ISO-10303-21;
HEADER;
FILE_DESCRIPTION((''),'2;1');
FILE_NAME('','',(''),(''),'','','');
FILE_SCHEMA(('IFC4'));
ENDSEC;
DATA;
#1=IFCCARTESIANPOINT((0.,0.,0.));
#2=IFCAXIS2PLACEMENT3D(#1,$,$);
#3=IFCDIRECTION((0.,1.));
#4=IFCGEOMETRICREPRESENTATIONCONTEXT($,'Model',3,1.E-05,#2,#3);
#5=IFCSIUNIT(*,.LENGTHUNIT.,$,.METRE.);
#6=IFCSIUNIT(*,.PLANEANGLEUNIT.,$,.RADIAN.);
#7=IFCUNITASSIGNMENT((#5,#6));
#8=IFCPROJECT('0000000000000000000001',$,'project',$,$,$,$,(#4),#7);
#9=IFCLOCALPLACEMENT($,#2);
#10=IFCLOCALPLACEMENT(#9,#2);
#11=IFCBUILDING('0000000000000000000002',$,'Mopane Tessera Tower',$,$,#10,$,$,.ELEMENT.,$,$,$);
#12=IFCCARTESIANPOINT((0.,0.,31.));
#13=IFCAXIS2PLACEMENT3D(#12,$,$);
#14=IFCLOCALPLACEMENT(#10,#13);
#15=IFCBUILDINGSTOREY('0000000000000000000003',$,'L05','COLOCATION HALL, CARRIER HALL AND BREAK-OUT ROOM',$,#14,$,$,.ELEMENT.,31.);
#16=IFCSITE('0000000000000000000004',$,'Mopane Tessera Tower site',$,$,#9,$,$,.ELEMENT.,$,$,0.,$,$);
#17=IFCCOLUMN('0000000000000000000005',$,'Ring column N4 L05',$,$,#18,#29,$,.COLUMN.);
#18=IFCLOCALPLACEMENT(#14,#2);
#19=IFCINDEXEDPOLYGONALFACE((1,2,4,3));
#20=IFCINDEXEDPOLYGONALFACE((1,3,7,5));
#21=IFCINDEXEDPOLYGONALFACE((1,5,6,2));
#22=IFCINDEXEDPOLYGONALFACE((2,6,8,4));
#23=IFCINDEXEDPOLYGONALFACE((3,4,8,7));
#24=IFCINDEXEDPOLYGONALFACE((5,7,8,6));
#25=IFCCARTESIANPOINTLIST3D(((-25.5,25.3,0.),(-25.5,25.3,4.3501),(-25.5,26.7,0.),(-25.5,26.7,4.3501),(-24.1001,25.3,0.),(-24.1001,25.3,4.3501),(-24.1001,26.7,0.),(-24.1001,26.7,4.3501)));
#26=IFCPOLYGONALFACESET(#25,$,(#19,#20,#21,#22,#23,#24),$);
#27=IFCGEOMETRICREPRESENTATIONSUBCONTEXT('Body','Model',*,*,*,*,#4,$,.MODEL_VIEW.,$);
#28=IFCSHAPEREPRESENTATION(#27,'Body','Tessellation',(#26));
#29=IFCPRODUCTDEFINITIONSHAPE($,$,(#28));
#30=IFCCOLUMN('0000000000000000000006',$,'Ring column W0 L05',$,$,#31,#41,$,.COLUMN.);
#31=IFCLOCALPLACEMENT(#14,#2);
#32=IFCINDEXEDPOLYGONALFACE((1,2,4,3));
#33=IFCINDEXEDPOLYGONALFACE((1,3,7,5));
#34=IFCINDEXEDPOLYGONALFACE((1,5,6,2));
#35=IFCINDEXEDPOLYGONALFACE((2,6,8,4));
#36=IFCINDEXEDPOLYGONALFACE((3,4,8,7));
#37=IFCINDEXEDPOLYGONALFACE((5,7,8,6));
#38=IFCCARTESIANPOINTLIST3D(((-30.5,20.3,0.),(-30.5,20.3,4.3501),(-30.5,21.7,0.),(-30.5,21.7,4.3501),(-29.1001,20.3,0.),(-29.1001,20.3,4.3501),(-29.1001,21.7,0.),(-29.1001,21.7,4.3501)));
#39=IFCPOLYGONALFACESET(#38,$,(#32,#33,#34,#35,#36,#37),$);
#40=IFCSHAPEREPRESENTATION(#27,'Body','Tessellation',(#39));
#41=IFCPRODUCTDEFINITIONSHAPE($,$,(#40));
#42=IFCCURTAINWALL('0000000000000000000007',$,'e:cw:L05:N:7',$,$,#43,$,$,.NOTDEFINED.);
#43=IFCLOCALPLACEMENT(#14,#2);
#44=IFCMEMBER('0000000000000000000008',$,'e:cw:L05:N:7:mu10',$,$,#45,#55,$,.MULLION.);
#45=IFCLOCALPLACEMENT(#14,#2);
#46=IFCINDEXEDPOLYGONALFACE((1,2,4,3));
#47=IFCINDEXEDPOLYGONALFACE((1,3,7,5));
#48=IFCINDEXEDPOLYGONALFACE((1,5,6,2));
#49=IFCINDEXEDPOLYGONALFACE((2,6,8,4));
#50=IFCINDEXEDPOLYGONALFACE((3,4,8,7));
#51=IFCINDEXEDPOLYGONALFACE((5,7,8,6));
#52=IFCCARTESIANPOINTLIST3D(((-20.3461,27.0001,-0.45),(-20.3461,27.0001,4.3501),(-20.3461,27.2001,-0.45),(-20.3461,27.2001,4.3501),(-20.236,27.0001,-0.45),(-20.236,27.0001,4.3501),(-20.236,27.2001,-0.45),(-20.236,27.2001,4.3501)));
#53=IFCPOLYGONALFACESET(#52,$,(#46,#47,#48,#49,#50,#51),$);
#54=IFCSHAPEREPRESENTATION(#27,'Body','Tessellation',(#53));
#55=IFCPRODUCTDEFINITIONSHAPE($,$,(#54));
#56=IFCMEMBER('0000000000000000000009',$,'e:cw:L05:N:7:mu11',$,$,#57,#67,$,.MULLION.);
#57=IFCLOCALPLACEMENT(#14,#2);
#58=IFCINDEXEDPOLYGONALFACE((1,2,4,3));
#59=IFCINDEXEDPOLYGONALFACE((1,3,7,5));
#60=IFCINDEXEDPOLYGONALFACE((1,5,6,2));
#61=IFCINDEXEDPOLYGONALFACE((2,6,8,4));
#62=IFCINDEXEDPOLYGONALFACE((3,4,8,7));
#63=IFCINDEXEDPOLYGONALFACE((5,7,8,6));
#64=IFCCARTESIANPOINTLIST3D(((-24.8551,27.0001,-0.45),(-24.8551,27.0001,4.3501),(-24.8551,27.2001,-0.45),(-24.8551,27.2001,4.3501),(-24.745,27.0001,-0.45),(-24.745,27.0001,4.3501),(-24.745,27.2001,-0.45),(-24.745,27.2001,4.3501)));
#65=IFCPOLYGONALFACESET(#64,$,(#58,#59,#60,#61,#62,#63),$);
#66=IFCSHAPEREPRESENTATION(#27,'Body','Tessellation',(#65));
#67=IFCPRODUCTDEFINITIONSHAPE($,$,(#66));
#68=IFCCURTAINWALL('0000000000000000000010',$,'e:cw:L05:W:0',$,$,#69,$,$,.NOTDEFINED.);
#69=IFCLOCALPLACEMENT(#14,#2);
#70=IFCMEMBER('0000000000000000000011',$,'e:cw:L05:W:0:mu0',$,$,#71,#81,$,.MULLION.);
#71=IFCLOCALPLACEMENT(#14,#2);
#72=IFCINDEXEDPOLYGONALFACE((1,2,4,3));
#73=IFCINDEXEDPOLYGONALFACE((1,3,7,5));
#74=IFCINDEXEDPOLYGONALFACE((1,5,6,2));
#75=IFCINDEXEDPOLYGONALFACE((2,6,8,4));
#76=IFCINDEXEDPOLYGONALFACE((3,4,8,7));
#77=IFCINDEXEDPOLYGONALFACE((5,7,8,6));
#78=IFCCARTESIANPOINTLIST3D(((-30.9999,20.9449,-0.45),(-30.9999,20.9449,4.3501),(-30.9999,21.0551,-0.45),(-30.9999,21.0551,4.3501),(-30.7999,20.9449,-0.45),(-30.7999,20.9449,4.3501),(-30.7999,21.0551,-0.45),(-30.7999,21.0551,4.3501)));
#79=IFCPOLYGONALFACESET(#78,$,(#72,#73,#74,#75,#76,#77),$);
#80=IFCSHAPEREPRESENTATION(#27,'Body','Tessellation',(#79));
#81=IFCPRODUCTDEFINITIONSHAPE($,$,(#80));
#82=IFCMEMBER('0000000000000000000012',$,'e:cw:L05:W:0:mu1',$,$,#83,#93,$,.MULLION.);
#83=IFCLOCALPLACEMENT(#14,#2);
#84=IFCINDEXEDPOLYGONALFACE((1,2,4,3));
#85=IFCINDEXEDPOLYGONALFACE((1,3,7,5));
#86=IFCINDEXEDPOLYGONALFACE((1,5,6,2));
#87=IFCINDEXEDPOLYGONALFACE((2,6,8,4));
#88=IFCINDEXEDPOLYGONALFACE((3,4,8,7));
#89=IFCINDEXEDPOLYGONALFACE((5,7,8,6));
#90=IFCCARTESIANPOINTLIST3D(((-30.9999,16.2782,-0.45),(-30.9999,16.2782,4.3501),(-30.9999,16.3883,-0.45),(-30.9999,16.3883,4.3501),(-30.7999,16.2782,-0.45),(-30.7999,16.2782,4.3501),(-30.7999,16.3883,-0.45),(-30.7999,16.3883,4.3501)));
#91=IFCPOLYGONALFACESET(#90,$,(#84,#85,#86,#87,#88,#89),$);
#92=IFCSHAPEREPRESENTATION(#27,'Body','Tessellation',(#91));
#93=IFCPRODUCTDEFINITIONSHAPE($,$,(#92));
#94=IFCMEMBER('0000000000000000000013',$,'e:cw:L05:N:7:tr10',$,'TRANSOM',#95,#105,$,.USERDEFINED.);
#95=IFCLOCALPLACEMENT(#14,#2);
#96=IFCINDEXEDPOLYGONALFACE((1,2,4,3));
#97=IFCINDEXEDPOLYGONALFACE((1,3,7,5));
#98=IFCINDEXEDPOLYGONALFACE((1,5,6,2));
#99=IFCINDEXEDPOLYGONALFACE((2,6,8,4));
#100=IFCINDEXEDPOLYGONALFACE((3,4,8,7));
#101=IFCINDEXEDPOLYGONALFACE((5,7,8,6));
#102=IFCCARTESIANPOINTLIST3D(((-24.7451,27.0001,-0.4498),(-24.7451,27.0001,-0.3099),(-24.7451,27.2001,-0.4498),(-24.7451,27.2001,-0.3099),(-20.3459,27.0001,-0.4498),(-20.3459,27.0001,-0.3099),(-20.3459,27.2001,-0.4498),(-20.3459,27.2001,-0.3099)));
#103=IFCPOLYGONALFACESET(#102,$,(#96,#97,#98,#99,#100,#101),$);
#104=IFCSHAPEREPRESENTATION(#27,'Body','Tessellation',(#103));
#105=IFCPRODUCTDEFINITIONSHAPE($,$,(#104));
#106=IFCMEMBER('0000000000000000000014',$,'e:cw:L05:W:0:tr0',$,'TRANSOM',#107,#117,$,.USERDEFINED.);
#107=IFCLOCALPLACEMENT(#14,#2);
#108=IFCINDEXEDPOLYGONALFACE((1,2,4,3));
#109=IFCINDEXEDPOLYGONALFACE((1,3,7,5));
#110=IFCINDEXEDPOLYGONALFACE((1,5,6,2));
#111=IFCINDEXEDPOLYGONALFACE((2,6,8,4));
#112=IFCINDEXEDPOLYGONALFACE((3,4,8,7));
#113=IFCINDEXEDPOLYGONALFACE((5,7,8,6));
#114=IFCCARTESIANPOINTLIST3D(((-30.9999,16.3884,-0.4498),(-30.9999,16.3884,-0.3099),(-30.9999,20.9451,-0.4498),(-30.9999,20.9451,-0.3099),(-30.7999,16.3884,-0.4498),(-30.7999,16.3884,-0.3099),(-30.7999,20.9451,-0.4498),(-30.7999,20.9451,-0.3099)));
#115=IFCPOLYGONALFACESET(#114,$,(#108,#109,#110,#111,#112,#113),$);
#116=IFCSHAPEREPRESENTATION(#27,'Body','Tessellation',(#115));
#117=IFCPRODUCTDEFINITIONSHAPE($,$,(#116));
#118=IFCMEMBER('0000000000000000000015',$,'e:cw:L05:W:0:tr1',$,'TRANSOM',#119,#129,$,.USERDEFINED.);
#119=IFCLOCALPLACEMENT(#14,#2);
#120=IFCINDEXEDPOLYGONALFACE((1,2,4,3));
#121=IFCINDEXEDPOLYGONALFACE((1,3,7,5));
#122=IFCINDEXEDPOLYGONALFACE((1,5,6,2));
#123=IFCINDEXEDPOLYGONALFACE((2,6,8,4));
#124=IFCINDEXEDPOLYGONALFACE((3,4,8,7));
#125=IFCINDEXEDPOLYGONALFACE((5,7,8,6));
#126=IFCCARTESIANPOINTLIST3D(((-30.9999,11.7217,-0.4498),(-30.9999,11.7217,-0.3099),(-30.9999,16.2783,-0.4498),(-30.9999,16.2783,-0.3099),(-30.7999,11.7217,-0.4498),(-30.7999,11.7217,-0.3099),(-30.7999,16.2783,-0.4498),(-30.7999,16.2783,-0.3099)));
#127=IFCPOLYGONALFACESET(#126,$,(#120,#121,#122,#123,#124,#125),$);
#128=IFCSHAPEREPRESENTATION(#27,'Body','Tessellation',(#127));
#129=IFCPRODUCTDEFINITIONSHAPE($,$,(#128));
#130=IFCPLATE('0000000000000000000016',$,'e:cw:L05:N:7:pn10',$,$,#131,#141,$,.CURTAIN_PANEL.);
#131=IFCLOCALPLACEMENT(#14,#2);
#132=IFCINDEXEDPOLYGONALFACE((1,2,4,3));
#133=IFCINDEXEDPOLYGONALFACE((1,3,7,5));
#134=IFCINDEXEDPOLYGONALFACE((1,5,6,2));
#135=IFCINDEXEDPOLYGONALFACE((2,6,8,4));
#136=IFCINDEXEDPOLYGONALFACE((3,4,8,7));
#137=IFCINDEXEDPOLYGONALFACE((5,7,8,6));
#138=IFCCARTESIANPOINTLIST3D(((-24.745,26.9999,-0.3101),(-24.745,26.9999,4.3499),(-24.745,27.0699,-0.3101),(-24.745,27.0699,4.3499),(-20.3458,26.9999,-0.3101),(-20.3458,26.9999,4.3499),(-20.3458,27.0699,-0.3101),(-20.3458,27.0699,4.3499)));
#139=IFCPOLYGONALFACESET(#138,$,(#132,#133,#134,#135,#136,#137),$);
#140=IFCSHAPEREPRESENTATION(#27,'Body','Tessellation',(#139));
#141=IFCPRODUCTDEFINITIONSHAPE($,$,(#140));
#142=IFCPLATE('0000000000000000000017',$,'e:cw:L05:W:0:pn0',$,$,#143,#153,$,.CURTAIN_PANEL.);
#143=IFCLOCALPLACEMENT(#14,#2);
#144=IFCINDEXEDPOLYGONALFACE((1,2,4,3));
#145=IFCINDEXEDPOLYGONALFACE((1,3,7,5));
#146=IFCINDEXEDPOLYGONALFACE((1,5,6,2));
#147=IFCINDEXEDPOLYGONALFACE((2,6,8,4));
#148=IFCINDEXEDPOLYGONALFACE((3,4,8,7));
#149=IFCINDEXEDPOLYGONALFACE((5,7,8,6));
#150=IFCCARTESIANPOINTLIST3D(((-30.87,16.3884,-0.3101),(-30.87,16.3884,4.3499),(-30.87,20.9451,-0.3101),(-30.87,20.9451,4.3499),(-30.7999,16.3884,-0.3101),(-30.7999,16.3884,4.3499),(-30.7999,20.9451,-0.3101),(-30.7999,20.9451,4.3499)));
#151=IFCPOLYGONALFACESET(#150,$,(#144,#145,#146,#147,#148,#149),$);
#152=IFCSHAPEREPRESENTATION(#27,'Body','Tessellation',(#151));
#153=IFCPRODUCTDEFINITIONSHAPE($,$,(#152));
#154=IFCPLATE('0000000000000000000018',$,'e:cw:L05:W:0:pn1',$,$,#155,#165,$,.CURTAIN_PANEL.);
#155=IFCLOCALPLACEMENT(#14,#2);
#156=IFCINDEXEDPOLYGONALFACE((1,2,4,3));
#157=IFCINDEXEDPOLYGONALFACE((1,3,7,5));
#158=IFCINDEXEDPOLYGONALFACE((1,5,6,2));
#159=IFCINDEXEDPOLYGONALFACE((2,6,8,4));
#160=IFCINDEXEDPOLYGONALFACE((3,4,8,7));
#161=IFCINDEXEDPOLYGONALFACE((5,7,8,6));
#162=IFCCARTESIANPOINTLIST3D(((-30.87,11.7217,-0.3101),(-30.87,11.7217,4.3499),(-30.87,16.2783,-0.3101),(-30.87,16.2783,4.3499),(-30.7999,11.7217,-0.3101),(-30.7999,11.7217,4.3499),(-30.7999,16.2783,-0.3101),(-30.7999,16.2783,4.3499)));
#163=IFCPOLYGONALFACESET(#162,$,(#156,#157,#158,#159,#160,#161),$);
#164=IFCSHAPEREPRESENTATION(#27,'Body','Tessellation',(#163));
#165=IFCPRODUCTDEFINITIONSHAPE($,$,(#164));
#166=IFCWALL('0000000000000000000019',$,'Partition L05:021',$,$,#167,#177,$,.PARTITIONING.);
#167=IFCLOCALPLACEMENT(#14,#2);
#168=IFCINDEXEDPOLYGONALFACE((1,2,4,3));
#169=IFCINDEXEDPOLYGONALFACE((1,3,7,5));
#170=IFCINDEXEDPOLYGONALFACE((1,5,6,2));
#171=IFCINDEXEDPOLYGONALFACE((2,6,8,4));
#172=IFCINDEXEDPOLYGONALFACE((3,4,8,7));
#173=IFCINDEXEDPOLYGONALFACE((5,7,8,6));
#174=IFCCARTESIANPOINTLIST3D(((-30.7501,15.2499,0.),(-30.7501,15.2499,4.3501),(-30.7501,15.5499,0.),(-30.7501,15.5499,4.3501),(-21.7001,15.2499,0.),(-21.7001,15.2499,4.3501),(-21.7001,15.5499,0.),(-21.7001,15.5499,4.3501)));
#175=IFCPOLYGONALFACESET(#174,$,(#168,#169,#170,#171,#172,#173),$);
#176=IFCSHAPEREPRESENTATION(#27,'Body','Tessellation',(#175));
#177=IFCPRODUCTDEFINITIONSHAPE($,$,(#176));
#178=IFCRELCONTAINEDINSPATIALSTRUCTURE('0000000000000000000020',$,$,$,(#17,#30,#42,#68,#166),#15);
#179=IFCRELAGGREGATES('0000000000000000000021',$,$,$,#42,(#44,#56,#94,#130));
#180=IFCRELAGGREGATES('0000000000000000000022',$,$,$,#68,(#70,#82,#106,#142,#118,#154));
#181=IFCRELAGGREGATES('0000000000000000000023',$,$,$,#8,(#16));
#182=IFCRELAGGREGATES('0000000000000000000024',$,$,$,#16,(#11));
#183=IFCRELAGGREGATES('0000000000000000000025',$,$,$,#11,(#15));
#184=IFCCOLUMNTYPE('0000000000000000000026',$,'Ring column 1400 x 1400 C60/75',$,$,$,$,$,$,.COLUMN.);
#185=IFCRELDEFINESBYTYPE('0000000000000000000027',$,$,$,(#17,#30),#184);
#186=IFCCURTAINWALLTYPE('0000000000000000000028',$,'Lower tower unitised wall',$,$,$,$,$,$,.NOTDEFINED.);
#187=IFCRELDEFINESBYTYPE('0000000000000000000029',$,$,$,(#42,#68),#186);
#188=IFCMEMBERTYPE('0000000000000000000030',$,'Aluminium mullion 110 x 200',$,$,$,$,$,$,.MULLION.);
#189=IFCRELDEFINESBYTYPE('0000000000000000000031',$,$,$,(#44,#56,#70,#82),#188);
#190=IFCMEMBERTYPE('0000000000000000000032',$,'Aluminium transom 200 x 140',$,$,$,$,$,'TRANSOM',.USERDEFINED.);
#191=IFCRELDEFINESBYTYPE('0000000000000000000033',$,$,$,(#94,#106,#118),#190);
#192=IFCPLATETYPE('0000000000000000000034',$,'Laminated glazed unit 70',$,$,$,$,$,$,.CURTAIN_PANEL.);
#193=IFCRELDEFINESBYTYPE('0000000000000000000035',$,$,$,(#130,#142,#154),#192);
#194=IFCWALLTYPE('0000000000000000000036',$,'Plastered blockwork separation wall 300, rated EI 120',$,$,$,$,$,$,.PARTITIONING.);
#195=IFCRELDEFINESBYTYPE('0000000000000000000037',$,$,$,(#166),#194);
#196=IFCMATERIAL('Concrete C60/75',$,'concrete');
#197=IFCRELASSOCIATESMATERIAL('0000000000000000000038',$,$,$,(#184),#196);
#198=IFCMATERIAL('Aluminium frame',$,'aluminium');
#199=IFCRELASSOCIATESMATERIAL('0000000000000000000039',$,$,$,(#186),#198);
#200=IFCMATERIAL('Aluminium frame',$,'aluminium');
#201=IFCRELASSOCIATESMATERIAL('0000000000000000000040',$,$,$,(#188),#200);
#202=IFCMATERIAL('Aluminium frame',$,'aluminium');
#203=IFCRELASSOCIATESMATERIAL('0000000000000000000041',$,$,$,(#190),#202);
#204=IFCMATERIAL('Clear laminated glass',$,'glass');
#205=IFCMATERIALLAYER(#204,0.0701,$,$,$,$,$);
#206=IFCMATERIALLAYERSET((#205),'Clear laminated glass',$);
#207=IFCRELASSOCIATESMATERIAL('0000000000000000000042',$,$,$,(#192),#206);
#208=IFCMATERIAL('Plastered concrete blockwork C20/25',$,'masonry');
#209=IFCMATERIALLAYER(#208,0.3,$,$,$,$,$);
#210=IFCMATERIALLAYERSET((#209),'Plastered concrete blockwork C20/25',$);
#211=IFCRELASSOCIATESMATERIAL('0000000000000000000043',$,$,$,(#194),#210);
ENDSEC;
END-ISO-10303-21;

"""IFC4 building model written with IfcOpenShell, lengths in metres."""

from ifc_helpers import new_model, si_unit, direction, frame, frame_2d, origin, origin_2d, place, context, subcontext, project, spatial, rectangle, extrude, material, layer, layer_set, material_profile, profile_set, type_object, element, aggregate, save


model = new_model("IFC4")

# Units and contexts
model_context = context("Model", 3, precision=1e-05, world=origin(), true_north=direction((0.0, 1.0)))
body_context = subcontext(model_context, "Body", "Model", "MODEL_VIEW")
ifc_project = project(units=[si_unit("LENGTHUNIT", "METRE"), si_unit("PLANEANGLEUNIT", "RADIAN")], contexts=[model_context])

# Site, building, storey
site_placement = place(None, origin())
site = spatial("IfcSite", under=ifc_project, at=site_placement, Name="Mopane Tessera Tower site", CompositionType="ELEMENT", RefElevation=0.0)
building_placement = place(site_placement, origin())
building = spatial("IfcBuilding", under=site, at=building_placement, Name="Mopane Tessera Tower", CompositionType="ELEMENT")
storey_placement = place(building_placement, frame((0.0, 0.0, 31.0)))
storey = spatial("IfcBuildingStorey", under=building, at=storey_placement, Name="L05", Description="COLOCATION HALL, CARRIER HALL AND BREAK-OUT ROOM", CompositionType="ELEMENT", Elevation=31.0)

# Columns
ifc_material_1 = material(Name="Concrete C60/75", Category="concrete")
ifc_material_profile_1 = material_profile(ifc_material_1, rectangle(XDim=1.3999, YDim=1.3999, at=origin_2d()))
ifc_profile_set_1 = profile_set([ifc_material_profile_1], Name="Concrete C60/75")
column_type = type_object("IfcColumnType", Name="Ring column 1400 x 1400 C60/75", PredefinedType="COLUMN", material=ifc_profile_set_1)
for number, where, z_axis, x_axis, name in (
    (1, (-24.8, 26.0, 0.0), (0.0, 0.0, 1.0), (1.0, 0.0, 0.0), "Ring column N4 L05"),
    (2, (-29.8, 21.0, 0.0), (0.0, 0.0, 1.0), (1.0, 0.0, 0.0), "Ring column W0 L05"),
):
    element("IfcColumn", number, at=place(storey_placement, frame(where, z_axis=z_axis, x_axis=x_axis)), inside=storey, type_object=column_type, Name=name, PredefinedType="COLUMN", context=body_context, shape_type="SweptSolid", body=[
        extrude(rectangle(XDim=1.3999, YDim=1.3999, at=origin_2d()), origin(), (0.0, 0.0, 1.0), 4.3501),
    ])

# Curtain walls, members
ifc_material_2 = material(Name="Aluminium frame", Category="aluminium")
curtain_wall_type = type_object("IfcCurtainWallType", Name="Lower tower unitised wall", PredefinedType="NOTDEFINED", material=ifc_material_2)
curtain_wall_1_placement = place(storey_placement, origin())
curtain_wall_1 = element("IfcCurtainWall", 3, at=curtain_wall_1_placement, inside=storey, type_object=curtain_wall_type, Name="e:cw:L05:N:7", PredefinedType="NOTDEFINED")
ifc_material_3 = material(Name="Aluminium frame", Category="aluminium")
ifc_material_profile_2 = material_profile(ifc_material_3, rectangle(XDim=0.1101, YDim=0.2, at=origin_2d()))
ifc_profile_set_2 = profile_set([ifc_material_profile_2], Name="Aluminium frame")
member_type_1 = type_object("IfcMemberType", Name="Aluminium mullion 110 x 200", PredefinedType="MULLION", material=ifc_profile_set_2)
member_1_placement = place(storey_placement, frame((-20.291, 27.1001, -0.45), z_axis=(0.0, 0.0, 1.0), x_axis=(-1.0, 0.0, 0.0)))
member_1 = element("IfcMember", 4, at=member_1_placement, type_object=member_type_1, Name="e:cw:L05:N:7:mu10", PredefinedType="MULLION", context=body_context, shape_type="SweptSolid", body=[
    extrude(rectangle(XDim=0.1101, YDim=0.2, at=origin_2d()), origin(), (0.0, 0.0, 1.0), 4.8),
])
member_2_placement = place(storey_placement, frame((-24.8, 27.1001, -0.45), z_axis=(0.0, 0.0, 1.0), x_axis=(-1.0, 0.0, 0.0)))
member_2 = element("IfcMember", 5, at=member_2_placement, type_object=member_type_1, Name="e:cw:L05:N:7:mu11", PredefinedType="MULLION", context=body_context, shape_type="SweptSolid", body=[
    extrude(rectangle(XDim=0.1101, YDim=0.2, at=origin_2d()), origin(), (0.0, 0.0, 1.0), 4.8),
])
curtain_wall_2_placement = place(storey_placement, origin())
curtain_wall_2 = element("IfcCurtainWall", 6, at=curtain_wall_2_placement, inside=storey, type_object=curtain_wall_type, Name="e:cw:L05:W:0", PredefinedType="NOTDEFINED")
member_3_placement = place(storey_placement, frame((-30.8999, 21.0, -0.45), z_axis=(0.0, 0.0, 1.0), x_axis=(0.0, -1.0, 0.0)))
member_3 = element("IfcMember", 7, at=member_3_placement, type_object=member_type_1, Name="e:cw:L05:W:0:mu0", PredefinedType="MULLION", context=body_context, shape_type="SweptSolid", body=[
    extrude(rectangle(XDim=0.1101, YDim=0.2, at=origin_2d()), origin(), (0.0, 0.0, 1.0), 4.8),
])
member_4_placement = place(storey_placement, frame((-30.8999, 16.3333, -0.45), z_axis=(0.0, 0.0, 1.0), x_axis=(0.0, -1.0, 0.0)))
member_4 = element("IfcMember", 8, at=member_4_placement, type_object=member_type_1, Name="e:cw:L05:W:0:mu1", PredefinedType="MULLION", context=body_context, shape_type="SweptSolid", body=[
    extrude(rectangle(XDim=0.1101, YDim=0.2, at=origin_2d()), origin(), (0.0, 0.0, 1.0), 4.8),
])

# Members
ifc_material_4 = material(Name="Aluminium frame", Category="aluminium")
ifc_material_profile_3 = material_profile(ifc_material_4, rectangle(XDim=0.2, YDim=0.1399, at=origin_2d()))
ifc_profile_set_3 = profile_set([ifc_material_profile_3], Name="Aluminium frame")
member_type_2 = type_object("IfcMemberType", Name="Aluminium transom 200 x 140", ElementType="TRANSOM", PredefinedType="USERDEFINED", material=ifc_profile_set_3)
member_5_placement = place(storey_placement, frame((-20.3459, 27.1001, -0.3799), z_axis=(-1.0, 0.0, 0.0), x_axis=(0.0, -1.0, 0.0)))
member_5 = element("IfcMember", 9, at=member_5_placement, type_object=member_type_2, Name="e:cw:L05:N:7:tr10", ObjectType="TRANSOM", PredefinedType="USERDEFINED", context=body_context, shape_type="SweptSolid", body=[
    extrude(rectangle(XDim=0.2, YDim=0.1399, at=origin_2d()), origin(), (0.0, 0.0, 1.0), 4.3992),
])
member_6_placement = place(storey_placement, frame((-30.8999, 20.9451, -0.3799), z_axis=(0.0, -1.0, 0.0), x_axis=(1.0, 0.0, 0.0)))
member_6 = element("IfcMember", 10, at=member_6_placement, type_object=member_type_2, Name="e:cw:L05:W:0:tr0", ObjectType="TRANSOM", PredefinedType="USERDEFINED", context=body_context, shape_type="SweptSolid", body=[
    extrude(rectangle(XDim=0.2, YDim=0.1399, at=origin_2d()), origin(), (0.0, 0.0, 1.0), 4.5566),
])
member_7_placement = place(storey_placement, frame((-30.8999, 16.2783, -0.3799), z_axis=(0.0, -1.0, 0.0), x_axis=(1.0, 0.0, 0.0)))
member_7 = element("IfcMember", 11, at=member_7_placement, type_object=member_type_2, Name="e:cw:L05:W:0:tr1", ObjectType="TRANSOM", PredefinedType="USERDEFINED", context=body_context, shape_type="SweptSolid", body=[
    extrude(rectangle(XDim=0.2, YDim=0.1399, at=origin_2d()), origin(), (0.0, 0.0, 1.0), 4.5566),
])

# Plates
ifc_material_5 = material(Name="Clear laminated glass", Category="glass")
ifc_layer_1 = layer(ifc_material_5, 0.0701)
ifc_layer_set_1 = layer_set([ifc_layer_1], Name="Clear laminated glass")
plate_type = type_object("IfcPlateType", Name="Laminated glazed unit 70", PredefinedType="CURTAIN_PANEL", material=ifc_layer_set_1)
plate_1_placement = place(storey_placement, frame((-22.5454, 27.0349, -0.3101), z_axis=(0.0, 0.0, 1.0), x_axis=(-1.0, 0.0, 0.0)))
plate_1 = element("IfcPlate", 12, at=plate_1_placement, type_object=plate_type, Name="e:cw:L05:N:7:pn10", PredefinedType="CURTAIN_PANEL", context=body_context, shape_type="SweptSolid", body=[
    extrude(rectangle(XDim=4.3992, YDim=0.0701, at=origin_2d()), origin(), (0.0, 0.0, 1.0), 4.6599),
])
aggregate(curtain_wall_1, [member_1, member_2, member_5, plate_1])
plate_2_placement = place(storey_placement, frame((-30.835, 18.6667, -0.3101), z_axis=(0.0, 0.0, 1.0), x_axis=(0.0, -1.0, 0.0)))
plate_2 = element("IfcPlate", 13, at=plate_2_placement, type_object=plate_type, Name="e:cw:L05:W:0:pn0", PredefinedType="CURTAIN_PANEL", context=body_context, shape_type="SweptSolid", body=[
    extrude(rectangle(XDim=4.5566, YDim=0.0701, at=origin_2d()), origin(), (0.0, 0.0, 1.0), 4.6599),
])
plate_3_placement = place(storey_placement, frame((-30.835, 14.0, -0.3101), z_axis=(0.0, 0.0, 1.0), x_axis=(0.0, -1.0, 0.0)))
plate_3 = element("IfcPlate", 14, at=plate_3_placement, type_object=plate_type, Name="e:cw:L05:W:0:pn1", PredefinedType="CURTAIN_PANEL", context=body_context, shape_type="SweptSolid", body=[
    extrude(rectangle(XDim=4.5566, YDim=0.0701, at=origin_2d()), origin(), (0.0, 0.0, 1.0), 4.6599),
])
aggregate(curtain_wall_2, [member_3, member_4, member_6, plate_2, member_7, plate_3])

# Wall
ifc_material_6 = material(Name="Plastered concrete blockwork C20/25", Category="masonry")
ifc_layer_2 = layer(ifc_material_6, 0.3)
ifc_layer_set_2 = layer_set([ifc_layer_2], Name="Plastered concrete blockwork C20/25")
wall_type_1 = type_object("IfcWallType", Name="Plastered blockwork separation wall 300, rated EI 120", PredefinedType="PARTITIONING", material=ifc_layer_set_2)
wall_1_placement = place(storey_placement, frame((-30.75, 15.3999, 0.0), z_axis=(0.0, 0.0, 1.0), x_axis=(1.0, 0.0, 0.0)))
element("IfcWall", 15, at=wall_1_placement, inside=storey, type_object=wall_type_1, Name="Partition L05:021", PredefinedType="PARTITIONING", context=body_context, shape_type="SweptSolid", body=[
    extrude(rectangle(XDim=9.05, YDim=0.3, at=frame_2d((4.5249, 0.0))), origin(), (0.0, 0.0, 1.0), 4.3501),
])

save(model, "model.ifc")
